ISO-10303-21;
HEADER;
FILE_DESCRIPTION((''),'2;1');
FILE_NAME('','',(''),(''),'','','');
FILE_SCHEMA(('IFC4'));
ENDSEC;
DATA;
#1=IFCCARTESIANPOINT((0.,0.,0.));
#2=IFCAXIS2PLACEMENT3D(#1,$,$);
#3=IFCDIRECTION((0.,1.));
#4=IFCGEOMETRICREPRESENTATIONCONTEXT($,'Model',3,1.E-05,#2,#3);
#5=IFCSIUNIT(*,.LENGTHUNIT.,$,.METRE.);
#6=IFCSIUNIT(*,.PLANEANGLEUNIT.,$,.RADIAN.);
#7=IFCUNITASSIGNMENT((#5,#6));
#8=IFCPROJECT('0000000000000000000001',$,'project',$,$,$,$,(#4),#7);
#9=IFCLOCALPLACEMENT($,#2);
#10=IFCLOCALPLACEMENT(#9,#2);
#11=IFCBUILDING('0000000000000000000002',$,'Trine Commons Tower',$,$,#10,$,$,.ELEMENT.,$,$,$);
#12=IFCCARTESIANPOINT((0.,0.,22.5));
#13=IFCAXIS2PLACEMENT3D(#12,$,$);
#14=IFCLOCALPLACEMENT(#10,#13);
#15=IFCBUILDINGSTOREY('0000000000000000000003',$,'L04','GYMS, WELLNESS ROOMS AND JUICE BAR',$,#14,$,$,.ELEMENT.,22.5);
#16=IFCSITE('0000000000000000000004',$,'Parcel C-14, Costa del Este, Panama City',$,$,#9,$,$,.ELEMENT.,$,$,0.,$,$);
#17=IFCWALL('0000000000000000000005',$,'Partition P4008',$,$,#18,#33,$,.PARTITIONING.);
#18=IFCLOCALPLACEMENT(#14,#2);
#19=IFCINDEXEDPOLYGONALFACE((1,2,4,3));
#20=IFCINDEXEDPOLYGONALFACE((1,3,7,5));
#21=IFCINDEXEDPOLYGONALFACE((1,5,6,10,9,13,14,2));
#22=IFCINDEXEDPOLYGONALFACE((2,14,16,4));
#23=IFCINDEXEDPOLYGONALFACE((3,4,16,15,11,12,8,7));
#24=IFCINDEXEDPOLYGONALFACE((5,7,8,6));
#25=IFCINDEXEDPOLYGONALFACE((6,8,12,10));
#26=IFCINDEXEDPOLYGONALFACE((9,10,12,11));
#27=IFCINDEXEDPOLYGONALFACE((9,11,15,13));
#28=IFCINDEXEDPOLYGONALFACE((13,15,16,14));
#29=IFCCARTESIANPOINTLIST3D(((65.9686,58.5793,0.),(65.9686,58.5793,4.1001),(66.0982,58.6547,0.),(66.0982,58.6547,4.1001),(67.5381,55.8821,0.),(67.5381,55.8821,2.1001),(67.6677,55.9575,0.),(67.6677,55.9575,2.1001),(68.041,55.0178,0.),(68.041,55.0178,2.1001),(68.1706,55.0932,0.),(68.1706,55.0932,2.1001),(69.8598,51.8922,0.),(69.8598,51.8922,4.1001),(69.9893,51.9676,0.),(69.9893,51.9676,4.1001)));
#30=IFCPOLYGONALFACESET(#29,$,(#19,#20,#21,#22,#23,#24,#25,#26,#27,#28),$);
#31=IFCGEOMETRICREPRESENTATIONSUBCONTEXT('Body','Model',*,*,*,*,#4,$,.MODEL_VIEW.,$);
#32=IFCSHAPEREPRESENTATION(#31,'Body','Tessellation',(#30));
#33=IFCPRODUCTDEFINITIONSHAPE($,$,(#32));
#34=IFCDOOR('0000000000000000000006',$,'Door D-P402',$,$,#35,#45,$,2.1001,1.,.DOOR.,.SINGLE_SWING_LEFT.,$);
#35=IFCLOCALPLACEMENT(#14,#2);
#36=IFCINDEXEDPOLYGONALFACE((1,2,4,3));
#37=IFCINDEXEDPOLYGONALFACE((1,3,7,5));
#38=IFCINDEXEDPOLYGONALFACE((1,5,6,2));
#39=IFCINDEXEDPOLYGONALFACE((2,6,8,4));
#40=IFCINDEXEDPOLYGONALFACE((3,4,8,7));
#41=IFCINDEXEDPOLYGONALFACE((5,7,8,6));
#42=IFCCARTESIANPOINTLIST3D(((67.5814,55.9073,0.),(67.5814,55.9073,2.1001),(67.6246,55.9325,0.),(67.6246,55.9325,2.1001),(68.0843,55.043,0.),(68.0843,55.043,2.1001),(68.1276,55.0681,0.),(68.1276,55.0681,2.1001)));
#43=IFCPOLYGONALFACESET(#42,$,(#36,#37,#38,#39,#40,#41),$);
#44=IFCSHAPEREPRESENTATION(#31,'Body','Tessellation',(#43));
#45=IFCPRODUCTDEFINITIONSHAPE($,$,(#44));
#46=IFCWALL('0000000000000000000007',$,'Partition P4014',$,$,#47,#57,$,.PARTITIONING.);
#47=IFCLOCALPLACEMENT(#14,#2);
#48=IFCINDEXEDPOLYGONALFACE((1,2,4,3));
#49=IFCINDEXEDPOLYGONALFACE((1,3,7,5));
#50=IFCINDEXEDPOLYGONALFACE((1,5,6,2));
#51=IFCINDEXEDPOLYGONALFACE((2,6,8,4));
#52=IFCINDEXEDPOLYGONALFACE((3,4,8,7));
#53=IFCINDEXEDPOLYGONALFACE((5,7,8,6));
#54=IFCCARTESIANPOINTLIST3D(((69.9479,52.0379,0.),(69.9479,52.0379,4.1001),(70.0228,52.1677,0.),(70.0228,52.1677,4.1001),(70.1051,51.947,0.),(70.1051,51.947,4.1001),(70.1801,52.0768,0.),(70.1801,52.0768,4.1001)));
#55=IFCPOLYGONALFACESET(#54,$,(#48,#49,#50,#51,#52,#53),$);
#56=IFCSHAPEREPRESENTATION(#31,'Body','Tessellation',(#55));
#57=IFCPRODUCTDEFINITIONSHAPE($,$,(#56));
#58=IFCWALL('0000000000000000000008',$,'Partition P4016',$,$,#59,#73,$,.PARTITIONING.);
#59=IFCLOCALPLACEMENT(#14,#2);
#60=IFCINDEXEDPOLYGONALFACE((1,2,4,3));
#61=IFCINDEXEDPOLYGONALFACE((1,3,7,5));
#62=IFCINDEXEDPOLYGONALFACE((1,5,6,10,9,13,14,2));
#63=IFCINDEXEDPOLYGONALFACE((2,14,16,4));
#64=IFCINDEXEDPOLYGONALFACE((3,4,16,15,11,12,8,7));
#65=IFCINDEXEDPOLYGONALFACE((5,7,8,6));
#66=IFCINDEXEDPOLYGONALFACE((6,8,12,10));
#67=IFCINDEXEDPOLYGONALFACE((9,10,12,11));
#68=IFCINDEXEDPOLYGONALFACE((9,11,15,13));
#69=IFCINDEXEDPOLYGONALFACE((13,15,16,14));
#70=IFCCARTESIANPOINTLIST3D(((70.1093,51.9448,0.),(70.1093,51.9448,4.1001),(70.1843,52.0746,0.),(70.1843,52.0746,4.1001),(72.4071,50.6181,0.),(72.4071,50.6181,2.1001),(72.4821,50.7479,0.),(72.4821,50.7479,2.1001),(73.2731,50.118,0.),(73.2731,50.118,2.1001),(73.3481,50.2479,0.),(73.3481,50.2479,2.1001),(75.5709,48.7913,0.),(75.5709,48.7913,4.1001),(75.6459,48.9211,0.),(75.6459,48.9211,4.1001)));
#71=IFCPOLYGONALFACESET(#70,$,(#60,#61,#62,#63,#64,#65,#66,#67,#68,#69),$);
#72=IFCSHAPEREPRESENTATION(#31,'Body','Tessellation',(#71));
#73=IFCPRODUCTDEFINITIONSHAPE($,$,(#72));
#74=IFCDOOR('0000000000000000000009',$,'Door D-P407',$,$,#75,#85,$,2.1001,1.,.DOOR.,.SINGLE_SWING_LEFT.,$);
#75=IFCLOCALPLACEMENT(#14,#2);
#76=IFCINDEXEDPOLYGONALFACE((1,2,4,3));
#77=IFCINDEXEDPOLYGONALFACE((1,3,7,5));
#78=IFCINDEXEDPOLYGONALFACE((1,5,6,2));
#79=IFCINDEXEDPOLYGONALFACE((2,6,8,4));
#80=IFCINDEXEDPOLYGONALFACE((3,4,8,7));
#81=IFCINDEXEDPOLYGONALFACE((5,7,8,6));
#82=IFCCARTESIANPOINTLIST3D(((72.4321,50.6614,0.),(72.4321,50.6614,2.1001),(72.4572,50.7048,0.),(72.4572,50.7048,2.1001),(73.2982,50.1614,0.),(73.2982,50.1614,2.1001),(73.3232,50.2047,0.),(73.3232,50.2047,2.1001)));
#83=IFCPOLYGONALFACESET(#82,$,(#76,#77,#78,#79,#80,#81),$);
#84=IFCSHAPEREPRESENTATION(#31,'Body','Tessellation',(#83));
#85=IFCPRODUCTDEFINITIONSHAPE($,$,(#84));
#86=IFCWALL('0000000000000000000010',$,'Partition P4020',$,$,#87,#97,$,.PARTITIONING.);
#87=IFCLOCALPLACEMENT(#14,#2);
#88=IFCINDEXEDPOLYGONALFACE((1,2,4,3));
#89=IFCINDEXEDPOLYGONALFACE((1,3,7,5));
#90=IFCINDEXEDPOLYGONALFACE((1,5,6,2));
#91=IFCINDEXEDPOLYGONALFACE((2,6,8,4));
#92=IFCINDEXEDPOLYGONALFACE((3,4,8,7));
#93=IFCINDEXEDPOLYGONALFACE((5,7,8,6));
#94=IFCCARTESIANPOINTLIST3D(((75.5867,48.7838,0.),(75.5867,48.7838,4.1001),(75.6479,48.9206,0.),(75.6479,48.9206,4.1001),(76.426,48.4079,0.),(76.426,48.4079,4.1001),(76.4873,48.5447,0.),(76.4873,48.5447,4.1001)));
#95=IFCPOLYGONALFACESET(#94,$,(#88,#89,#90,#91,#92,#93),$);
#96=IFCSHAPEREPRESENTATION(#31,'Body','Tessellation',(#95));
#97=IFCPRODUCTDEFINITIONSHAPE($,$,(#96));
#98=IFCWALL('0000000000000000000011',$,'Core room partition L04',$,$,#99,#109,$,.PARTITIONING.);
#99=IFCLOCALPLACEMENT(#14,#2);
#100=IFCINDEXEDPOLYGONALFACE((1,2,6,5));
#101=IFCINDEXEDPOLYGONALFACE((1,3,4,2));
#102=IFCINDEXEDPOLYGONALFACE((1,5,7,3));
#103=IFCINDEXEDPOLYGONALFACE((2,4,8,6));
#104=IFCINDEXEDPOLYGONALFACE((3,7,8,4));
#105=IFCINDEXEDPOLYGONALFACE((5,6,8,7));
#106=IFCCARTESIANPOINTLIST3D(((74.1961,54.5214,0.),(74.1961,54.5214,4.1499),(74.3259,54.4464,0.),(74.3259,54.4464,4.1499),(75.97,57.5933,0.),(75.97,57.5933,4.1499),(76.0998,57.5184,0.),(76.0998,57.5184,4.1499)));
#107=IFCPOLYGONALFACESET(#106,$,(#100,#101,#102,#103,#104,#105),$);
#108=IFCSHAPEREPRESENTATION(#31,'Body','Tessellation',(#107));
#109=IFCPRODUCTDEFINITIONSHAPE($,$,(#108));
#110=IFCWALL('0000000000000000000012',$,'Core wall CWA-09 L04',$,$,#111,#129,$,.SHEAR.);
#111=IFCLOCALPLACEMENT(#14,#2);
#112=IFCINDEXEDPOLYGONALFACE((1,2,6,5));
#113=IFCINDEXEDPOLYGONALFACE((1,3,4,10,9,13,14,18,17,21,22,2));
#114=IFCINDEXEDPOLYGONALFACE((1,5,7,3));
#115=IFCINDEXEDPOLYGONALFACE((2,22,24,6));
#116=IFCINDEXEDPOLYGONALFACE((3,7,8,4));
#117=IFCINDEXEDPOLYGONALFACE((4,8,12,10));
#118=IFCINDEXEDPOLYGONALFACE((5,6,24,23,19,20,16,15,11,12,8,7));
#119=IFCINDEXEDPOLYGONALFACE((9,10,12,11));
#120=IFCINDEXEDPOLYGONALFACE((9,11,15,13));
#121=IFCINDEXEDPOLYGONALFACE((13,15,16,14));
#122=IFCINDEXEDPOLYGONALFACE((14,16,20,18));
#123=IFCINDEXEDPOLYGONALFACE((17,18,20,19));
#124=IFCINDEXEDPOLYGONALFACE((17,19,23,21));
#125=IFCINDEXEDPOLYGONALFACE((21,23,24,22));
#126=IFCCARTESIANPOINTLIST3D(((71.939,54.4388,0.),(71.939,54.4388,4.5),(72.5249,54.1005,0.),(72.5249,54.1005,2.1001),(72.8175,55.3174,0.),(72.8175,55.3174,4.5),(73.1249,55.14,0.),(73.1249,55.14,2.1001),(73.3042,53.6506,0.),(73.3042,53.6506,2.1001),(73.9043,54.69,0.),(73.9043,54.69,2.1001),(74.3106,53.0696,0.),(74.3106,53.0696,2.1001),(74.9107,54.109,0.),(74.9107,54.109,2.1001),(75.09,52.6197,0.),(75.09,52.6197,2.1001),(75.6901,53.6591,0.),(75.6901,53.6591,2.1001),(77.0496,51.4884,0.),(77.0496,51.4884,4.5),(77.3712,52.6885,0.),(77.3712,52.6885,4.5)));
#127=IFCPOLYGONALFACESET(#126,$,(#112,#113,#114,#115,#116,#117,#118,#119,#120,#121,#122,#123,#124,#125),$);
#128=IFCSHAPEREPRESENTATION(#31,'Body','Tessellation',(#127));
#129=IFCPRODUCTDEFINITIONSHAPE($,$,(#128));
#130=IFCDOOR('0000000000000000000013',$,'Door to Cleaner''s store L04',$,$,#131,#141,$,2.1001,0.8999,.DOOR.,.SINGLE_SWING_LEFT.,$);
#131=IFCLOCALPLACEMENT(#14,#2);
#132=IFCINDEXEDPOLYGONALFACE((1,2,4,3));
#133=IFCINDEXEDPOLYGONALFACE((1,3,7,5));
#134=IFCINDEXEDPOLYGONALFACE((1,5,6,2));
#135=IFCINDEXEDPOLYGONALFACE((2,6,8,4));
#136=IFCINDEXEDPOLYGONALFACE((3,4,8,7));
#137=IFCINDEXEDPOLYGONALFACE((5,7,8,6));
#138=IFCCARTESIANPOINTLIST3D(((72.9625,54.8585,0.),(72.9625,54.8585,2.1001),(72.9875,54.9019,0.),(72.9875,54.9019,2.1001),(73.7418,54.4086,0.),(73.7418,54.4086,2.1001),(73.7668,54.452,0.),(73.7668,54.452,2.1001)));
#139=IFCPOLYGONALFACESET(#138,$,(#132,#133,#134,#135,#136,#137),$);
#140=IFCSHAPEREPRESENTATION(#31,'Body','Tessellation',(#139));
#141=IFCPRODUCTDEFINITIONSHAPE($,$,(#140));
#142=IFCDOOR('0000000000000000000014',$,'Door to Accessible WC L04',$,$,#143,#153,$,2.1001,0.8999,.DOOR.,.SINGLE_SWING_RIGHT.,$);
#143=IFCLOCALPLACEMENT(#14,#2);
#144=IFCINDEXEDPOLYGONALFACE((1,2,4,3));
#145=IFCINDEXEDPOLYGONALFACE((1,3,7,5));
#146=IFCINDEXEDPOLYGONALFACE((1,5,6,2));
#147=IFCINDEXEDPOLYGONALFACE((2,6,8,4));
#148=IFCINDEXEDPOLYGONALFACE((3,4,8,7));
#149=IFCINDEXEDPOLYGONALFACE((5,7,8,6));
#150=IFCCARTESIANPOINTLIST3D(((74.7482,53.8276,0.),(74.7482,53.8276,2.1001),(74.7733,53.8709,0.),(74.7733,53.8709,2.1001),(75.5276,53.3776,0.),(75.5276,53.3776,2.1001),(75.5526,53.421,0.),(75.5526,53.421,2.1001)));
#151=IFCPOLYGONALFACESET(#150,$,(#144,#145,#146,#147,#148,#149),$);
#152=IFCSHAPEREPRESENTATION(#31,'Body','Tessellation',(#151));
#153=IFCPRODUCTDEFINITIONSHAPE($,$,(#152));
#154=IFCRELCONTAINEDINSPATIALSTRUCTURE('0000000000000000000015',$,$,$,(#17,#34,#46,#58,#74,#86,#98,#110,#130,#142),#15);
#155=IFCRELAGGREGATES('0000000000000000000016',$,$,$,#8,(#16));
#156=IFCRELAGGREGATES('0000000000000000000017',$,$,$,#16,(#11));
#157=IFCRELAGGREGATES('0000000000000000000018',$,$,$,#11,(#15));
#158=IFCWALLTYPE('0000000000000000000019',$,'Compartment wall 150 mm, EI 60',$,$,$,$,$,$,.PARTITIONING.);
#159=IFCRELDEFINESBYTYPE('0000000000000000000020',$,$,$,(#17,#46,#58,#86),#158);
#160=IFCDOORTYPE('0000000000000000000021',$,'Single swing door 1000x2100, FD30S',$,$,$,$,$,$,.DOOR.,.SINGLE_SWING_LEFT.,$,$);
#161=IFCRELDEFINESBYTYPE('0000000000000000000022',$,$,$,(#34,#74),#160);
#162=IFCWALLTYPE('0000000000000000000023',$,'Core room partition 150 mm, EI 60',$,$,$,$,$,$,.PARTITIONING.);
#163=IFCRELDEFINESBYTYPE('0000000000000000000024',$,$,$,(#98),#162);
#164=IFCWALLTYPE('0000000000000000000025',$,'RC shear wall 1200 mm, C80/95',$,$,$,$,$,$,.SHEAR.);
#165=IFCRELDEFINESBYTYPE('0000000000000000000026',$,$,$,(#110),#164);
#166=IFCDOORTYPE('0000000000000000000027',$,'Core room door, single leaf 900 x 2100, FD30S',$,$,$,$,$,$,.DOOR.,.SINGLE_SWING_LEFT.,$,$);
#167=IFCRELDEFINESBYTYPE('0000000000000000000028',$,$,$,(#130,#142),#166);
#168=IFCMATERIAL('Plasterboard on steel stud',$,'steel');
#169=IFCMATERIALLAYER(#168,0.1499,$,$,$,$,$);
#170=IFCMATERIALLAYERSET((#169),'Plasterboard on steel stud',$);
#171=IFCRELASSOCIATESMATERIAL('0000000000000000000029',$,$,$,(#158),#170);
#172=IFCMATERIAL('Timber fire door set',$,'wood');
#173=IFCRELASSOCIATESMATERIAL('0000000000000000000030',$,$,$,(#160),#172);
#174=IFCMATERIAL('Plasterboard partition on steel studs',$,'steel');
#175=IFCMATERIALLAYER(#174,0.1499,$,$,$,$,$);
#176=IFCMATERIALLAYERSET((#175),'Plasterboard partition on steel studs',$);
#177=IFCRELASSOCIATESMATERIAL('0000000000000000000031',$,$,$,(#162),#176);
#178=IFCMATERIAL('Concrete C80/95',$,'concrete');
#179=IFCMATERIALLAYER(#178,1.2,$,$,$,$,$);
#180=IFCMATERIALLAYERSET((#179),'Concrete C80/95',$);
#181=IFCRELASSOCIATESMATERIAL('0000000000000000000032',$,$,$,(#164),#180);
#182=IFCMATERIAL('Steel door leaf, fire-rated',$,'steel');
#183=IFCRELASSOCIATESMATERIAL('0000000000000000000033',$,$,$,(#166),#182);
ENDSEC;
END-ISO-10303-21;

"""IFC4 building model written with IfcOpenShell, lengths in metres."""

from ifc_helpers import new_model, si_unit, direction, frame, frame_2d, origin, place, context, subcontext, project, spatial, polyline, rectangle, outline, extrude, material, layer, layer_set, type_object, element, fill, save


model = new_model("IFC4")

# Units and contexts
model_context = context("Model", 3, precision=1e-05, world=origin(), true_north=direction((0.0, 1.0)))
body_context = subcontext(model_context, "Body", "Model", "MODEL_VIEW")
ifc_project = project(units=[si_unit("LENGTHUNIT", "METRE"), si_unit("PLANEANGLEUNIT", "RADIAN")], contexts=[model_context])

# Site, building, storey
site_placement = place(None, origin())
site = spatial("IfcSite", under=ifc_project, at=site_placement, Name="Parcel C-14, Costa del Este, Panama City", CompositionType="ELEMENT", RefElevation=0.0)
building_placement = place(site_placement, origin())
building = spatial("IfcBuilding", under=site, at=building_placement, Name="Trine Commons Tower", CompositionType="ELEMENT")
storey_placement = place(building_placement, frame((0.0, 0.0, 22.5)))
storey = spatial("IfcBuildingStorey", under=building, at=storey_placement, Name="L04", Description="GYMS, WELLNESS ROOMS AND JUICE BAR", CompositionType="ELEMENT", Elevation=22.5)

# Shared definitions
ifc_material_1 = material(Name="Concrete C80/95", Category="concrete")

# Shared definitions
ifc_material_2 = material(Name="Plasterboard on steel stud", Category="steel")
ifc_layer_1 = layer(ifc_material_2, 0.1499)
ifc_layer_set_1 = layer_set([ifc_layer_1], Name="Plasterboard on steel stud")
wall_type_1 = type_object("IfcWallType", Name="Compartment wall 150 mm, EI 60", PredefinedType="PARTITIONING", material=ifc_layer_set_1)

# Wall, opening, door
ifc_material_3 = material(Name="Timber fire door set", Category="wood")
door_type_1 = type_object("IfcDoorType", Name="Single swing door 1000x2100, FD30S", OperationType="SINGLE_SWING_LEFT", PredefinedType="DOOR", material=ifc_material_3)
wall_1_placement = place(storey_placement, frame((69.9246, 51.9299, 0.0), z_axis=(0.0, 0.0, 1.0), x_axis=(-0.502941, 0.864321, 0.0)))
wall_1 = element("IfcWall", 1, at=wall_1_placement, inside=storey, type_object=wall_type_1, Name="Partition P4008", PredefinedType="PARTITIONING", context=body_context, shape_type="SweptSolid", body=[
    extrude(rectangle(XDim=7.7368, YDim=0.1499, at=frame_2d((3.8684, 0.0))), origin(), (0.0, 0.0, 1.0), 4.1001),
])
opening_1_placement = place(wall_1_placement, frame((3.6162, 0.0, 0.0)))
opening_1 = element("IfcOpeningElement", 2, at=opening_1_placement, cuts=wall_1, PredefinedType="OPENING", context=body_context, shape_type="SweptSolid", body=[
    extrude(rectangle(XDim=1.0, YDim=2.1001, at=frame_2d((0.5, 1.05))), frame((0.0, 0.085, 0.0), z_axis=(0.0, -1.0, 0.0), x_axis=(1.0, 0.0, 0.0)), (0.0, 0.0, 1.0), 0.1699),
])
door_1_placement = place(opening_1_placement, origin())
door_1 = element("IfcDoor", 3, at=door_1_placement, inside=storey, type_object=door_type_1, Name="Door D-P402", OperationType="SINGLE_SWING_LEFT", OverallHeight=2.1001, OverallWidth=1.0, PredefinedType="DOOR", context=body_context, shape_type="SweptSolid", body=[
    extrude(rectangle(XDim=1.0, YDim=2.1001, at=frame_2d((0.5, 1.05))), frame((0.0, 0.0249, 0.0), z_axis=(0.0, -1.0, 0.0), x_axis=(1.0, 0.0, 0.0)), (0.0, 0.0, 1.0), 0.05),
])
fill(opening_1, door_1)

# Wall
wall_2_placement = place(storey_placement, frame((69.9854, 52.1028, 0.0), z_axis=(0.0, 0.0, 1.0), x_axis=(0.865917, -0.500188, 0.0)))
element("IfcWall", 4, at=wall_2_placement, inside=storey, type_object=wall_type_1, Name="Partition P4014", PredefinedType="PARTITIONING", context=body_context, shape_type="SweptSolid", body=[
    extrude(rectangle(XDim=0.1816, YDim=0.1499, at=frame_2d((0.0908, 0.0))), origin(), (0.0, 0.0, 1.0), 4.1001),
])

# Wall, opening, door
wall_3_placement = place(storey_placement, frame((75.6084, 48.8562, 0.0), z_axis=(0.0, 0.0, 1.0), x_axis=(-0.866007, 0.500032, 0.0)))
wall_3 = element("IfcWall", 5, at=wall_3_placement, inside=storey, type_object=wall_type_1, Name="Partition P4016", PredefinedType="PARTITIONING", context=body_context, shape_type="SweptSolid", body=[
    extrude(rectangle(XDim=6.3066, YDim=0.1499, at=frame_2d((3.1533, 0.0))), origin(), (0.0, 0.0, 1.0), 4.1001),
])
opening_2_placement = place(wall_3_placement, frame((2.6533, 0.0, 0.0)))
opening_2 = element("IfcOpeningElement", 6, at=opening_2_placement, cuts=wall_3, PredefinedType="OPENING", context=body_context, shape_type="SweptSolid", body=[
    extrude(rectangle(XDim=1.0, YDim=2.1001, at=frame_2d((0.5, 1.05))), frame((0.0, 0.085, 0.0), z_axis=(0.0, -1.0, 0.0), x_axis=(1.0, 0.0, 0.0)), (0.0, 0.0, 1.0), 0.1699),
])
door_2_placement = place(opening_2_placement, origin())
door_2 = element("IfcDoor", 7, at=door_2_placement, inside=storey, type_object=door_type_1, Name="Door D-P407", OperationType="SINGLE_SWING_LEFT", OverallHeight=2.1001, OverallWidth=1.0, PredefinedType="DOOR", context=body_context, shape_type="SweptSolid", body=[
    extrude(rectangle(XDim=1.0, YDim=2.1001, at=frame_2d((0.5, 1.05))), frame((0.0, 0.0249, 0.0), z_axis=(0.0, -1.0, 0.0), x_axis=(1.0, 0.0, 0.0)), (0.0, 0.0, 1.0), 0.05),
])
fill(opening_2, door_2)

# Walls
wall_4_placement = place(storey_placement, frame((75.6172, 48.8523, 0.0), z_axis=(0.0, 0.0, 1.0), x_axis=(0.912625, -0.408797, 0.0)))
element("IfcWall", 8, at=wall_4_placement, inside=storey, type_object=wall_type_1, Name="Partition P4020", PredefinedType="PARTITIONING", context=body_context, shape_type="SweptSolid", body=[
    extrude(rectangle(XDim=0.9197, YDim=0.1499, at=frame_2d((0.46, 0.0))), origin(), (0.0, 0.0, 1.0), 4.1001),
])
ifc_material_4 = material(Name="Plasterboard partition on steel studs", Category="steel")
ifc_layer_2 = layer(ifc_material_4, 0.1499)
ifc_layer_set_2 = layer_set([ifc_layer_2], Name="Plasterboard partition on steel studs")
wall_type_2 = type_object("IfcWallType", Name="Core room partition 150 mm, EI 60", PredefinedType="PARTITIONING", material=ifc_layer_set_2)
wall_5_placement = place(storey_placement, frame((74.261, 54.4839, 0.0), z_axis=(0.0, 0.0, 1.0), x_axis=(0.500062, 0.86599, 0.0)))
element("IfcWall", 9, at=wall_5_placement, inside=storey, type_object=wall_type_2, Name="Core room partition L04", PredefinedType="PARTITIONING", context=body_context, shape_type="SweptSolid", body=[
    extrude(rectangle(XDim=3.5474, YDim=0.1499, at=frame_2d((1.7737, 0.0))), origin(), (0.0, 0.0, 1.0), 4.1499),
])

# Wall, openings, doors
ifc_layer_3 = layer(ifc_material_1, 1.2)
ifc_layer_set_3 = layer_set([ifc_layer_3], Name="Concrete C80/95")
wall_type_3 = type_object("IfcWallType", Name="RC shear wall 1200 mm, C80/95", PredefinedType="SHEAR", material=ifc_layer_set_3)
wall_6_placement = place(storey_placement, frame((72.239, 54.9585, 0.0), z_axis=(0.0, 0.0, 1.0), x_axis=(0.866037, -0.499979, 0.0)))
wall_6 = element("IfcWall", 10, at=wall_6_placement, inside=storey, type_object=wall_type_3, Name="Core wall CWA-09 L04", PredefinedType="SHEAR", context=body_context, shape_type="SweptSolid", body=[
    extrude(outline(polyline([(0.0, -0.6001), (5.9011, -0.6001), (5.5796, 0.6001), (0.3215, 0.6001), (0.0, -0.6001)])), origin(), (0.0, 0.0, 1.0), 4.5),
])
opening_3_placement = place(wall_6_placement, frame((0.6765, 0.0, 0.0)))
opening_3 = element("IfcOpeningElement", 11, at=opening_3_placement, cuts=wall_6, PredefinedType="OPENING", context=body_context, shape_type="SweptSolid", body=[
    extrude(rectangle(XDim=0.8999, YDim=2.1001, at=frame_2d((0.45, 1.05))), frame((0.0, 0.6099, 0.0), z_axis=(0.0, -1.0, 0.0), x_axis=(1.0, 0.0, 0.0)), (0.0, 0.0, 1.0), 1.22),
])
opening_4_placement = place(wall_6_placement, frame((2.7385, 0.0, 0.0)))
opening_4 = element("IfcOpeningElement", 12, at=opening_4_placement, cuts=wall_6, PredefinedType="OPENING", context=body_context, shape_type="SweptSolid", body=[
    extrude(rectangle(XDim=0.8999, YDim=2.1001, at=frame_2d((0.45, 1.05))), frame((0.0, 0.6099, 0.0), z_axis=(0.0, -1.0, 0.0), x_axis=(1.0, 0.0, 0.0)), (0.0, 0.0, 1.0), 1.22),
])
ifc_material_5 = material(Name="Steel door leaf, fire-rated", Category="steel")
door_type_2 = type_object("IfcDoorType", Name="Core room door, single leaf 900 x 2100, FD30S", OperationType="SINGLE_SWING_LEFT", PredefinedType="DOOR", material=ifc_material_5)
door_3_placement = place(opening_3_placement, origin())
door_3 = element("IfcDoor", 13, at=door_3_placement, inside=storey, type_object=door_type_2, Name="Door to Cleaner's store L04", OperationType="SINGLE_SWING_LEFT", OverallHeight=2.1001, OverallWidth=0.8999, PredefinedType="DOOR", context=body_context, shape_type="SweptSolid", body=[
    extrude(rectangle(XDim=0.8999, YDim=2.1001, at=frame_2d((0.45, 1.05))), frame((0.0, 0.3252, 0.0), z_axis=(0.0, -1.0, 0.0), x_axis=(1.0, 0.0, 0.0)), (0.0, 0.0, 1.0), 0.05),
])
fill(opening_3, door_3)
door_4_placement = place(opening_4_placement, origin())
door_4 = element("IfcDoor", 14, at=door_4_placement, inside=storey, type_object=door_type_2, Name="Door to Accessible WC L04", OperationType="SINGLE_SWING_RIGHT", OverallHeight=2.1001, OverallWidth=0.8999, PredefinedType="DOOR", context=body_context, shape_type="SweptSolid", body=[
    extrude(rectangle(XDim=0.8999, YDim=2.1001, at=frame_2d((0.45, 1.05))), frame((0.0, 0.3252, 0.0), z_axis=(0.0, -1.0, 0.0), x_axis=(1.0, 0.0, 0.0)), (0.0, 0.0, 1.0), 0.05),
])
fill(opening_4, door_4)

save(model, "model.ifc")
